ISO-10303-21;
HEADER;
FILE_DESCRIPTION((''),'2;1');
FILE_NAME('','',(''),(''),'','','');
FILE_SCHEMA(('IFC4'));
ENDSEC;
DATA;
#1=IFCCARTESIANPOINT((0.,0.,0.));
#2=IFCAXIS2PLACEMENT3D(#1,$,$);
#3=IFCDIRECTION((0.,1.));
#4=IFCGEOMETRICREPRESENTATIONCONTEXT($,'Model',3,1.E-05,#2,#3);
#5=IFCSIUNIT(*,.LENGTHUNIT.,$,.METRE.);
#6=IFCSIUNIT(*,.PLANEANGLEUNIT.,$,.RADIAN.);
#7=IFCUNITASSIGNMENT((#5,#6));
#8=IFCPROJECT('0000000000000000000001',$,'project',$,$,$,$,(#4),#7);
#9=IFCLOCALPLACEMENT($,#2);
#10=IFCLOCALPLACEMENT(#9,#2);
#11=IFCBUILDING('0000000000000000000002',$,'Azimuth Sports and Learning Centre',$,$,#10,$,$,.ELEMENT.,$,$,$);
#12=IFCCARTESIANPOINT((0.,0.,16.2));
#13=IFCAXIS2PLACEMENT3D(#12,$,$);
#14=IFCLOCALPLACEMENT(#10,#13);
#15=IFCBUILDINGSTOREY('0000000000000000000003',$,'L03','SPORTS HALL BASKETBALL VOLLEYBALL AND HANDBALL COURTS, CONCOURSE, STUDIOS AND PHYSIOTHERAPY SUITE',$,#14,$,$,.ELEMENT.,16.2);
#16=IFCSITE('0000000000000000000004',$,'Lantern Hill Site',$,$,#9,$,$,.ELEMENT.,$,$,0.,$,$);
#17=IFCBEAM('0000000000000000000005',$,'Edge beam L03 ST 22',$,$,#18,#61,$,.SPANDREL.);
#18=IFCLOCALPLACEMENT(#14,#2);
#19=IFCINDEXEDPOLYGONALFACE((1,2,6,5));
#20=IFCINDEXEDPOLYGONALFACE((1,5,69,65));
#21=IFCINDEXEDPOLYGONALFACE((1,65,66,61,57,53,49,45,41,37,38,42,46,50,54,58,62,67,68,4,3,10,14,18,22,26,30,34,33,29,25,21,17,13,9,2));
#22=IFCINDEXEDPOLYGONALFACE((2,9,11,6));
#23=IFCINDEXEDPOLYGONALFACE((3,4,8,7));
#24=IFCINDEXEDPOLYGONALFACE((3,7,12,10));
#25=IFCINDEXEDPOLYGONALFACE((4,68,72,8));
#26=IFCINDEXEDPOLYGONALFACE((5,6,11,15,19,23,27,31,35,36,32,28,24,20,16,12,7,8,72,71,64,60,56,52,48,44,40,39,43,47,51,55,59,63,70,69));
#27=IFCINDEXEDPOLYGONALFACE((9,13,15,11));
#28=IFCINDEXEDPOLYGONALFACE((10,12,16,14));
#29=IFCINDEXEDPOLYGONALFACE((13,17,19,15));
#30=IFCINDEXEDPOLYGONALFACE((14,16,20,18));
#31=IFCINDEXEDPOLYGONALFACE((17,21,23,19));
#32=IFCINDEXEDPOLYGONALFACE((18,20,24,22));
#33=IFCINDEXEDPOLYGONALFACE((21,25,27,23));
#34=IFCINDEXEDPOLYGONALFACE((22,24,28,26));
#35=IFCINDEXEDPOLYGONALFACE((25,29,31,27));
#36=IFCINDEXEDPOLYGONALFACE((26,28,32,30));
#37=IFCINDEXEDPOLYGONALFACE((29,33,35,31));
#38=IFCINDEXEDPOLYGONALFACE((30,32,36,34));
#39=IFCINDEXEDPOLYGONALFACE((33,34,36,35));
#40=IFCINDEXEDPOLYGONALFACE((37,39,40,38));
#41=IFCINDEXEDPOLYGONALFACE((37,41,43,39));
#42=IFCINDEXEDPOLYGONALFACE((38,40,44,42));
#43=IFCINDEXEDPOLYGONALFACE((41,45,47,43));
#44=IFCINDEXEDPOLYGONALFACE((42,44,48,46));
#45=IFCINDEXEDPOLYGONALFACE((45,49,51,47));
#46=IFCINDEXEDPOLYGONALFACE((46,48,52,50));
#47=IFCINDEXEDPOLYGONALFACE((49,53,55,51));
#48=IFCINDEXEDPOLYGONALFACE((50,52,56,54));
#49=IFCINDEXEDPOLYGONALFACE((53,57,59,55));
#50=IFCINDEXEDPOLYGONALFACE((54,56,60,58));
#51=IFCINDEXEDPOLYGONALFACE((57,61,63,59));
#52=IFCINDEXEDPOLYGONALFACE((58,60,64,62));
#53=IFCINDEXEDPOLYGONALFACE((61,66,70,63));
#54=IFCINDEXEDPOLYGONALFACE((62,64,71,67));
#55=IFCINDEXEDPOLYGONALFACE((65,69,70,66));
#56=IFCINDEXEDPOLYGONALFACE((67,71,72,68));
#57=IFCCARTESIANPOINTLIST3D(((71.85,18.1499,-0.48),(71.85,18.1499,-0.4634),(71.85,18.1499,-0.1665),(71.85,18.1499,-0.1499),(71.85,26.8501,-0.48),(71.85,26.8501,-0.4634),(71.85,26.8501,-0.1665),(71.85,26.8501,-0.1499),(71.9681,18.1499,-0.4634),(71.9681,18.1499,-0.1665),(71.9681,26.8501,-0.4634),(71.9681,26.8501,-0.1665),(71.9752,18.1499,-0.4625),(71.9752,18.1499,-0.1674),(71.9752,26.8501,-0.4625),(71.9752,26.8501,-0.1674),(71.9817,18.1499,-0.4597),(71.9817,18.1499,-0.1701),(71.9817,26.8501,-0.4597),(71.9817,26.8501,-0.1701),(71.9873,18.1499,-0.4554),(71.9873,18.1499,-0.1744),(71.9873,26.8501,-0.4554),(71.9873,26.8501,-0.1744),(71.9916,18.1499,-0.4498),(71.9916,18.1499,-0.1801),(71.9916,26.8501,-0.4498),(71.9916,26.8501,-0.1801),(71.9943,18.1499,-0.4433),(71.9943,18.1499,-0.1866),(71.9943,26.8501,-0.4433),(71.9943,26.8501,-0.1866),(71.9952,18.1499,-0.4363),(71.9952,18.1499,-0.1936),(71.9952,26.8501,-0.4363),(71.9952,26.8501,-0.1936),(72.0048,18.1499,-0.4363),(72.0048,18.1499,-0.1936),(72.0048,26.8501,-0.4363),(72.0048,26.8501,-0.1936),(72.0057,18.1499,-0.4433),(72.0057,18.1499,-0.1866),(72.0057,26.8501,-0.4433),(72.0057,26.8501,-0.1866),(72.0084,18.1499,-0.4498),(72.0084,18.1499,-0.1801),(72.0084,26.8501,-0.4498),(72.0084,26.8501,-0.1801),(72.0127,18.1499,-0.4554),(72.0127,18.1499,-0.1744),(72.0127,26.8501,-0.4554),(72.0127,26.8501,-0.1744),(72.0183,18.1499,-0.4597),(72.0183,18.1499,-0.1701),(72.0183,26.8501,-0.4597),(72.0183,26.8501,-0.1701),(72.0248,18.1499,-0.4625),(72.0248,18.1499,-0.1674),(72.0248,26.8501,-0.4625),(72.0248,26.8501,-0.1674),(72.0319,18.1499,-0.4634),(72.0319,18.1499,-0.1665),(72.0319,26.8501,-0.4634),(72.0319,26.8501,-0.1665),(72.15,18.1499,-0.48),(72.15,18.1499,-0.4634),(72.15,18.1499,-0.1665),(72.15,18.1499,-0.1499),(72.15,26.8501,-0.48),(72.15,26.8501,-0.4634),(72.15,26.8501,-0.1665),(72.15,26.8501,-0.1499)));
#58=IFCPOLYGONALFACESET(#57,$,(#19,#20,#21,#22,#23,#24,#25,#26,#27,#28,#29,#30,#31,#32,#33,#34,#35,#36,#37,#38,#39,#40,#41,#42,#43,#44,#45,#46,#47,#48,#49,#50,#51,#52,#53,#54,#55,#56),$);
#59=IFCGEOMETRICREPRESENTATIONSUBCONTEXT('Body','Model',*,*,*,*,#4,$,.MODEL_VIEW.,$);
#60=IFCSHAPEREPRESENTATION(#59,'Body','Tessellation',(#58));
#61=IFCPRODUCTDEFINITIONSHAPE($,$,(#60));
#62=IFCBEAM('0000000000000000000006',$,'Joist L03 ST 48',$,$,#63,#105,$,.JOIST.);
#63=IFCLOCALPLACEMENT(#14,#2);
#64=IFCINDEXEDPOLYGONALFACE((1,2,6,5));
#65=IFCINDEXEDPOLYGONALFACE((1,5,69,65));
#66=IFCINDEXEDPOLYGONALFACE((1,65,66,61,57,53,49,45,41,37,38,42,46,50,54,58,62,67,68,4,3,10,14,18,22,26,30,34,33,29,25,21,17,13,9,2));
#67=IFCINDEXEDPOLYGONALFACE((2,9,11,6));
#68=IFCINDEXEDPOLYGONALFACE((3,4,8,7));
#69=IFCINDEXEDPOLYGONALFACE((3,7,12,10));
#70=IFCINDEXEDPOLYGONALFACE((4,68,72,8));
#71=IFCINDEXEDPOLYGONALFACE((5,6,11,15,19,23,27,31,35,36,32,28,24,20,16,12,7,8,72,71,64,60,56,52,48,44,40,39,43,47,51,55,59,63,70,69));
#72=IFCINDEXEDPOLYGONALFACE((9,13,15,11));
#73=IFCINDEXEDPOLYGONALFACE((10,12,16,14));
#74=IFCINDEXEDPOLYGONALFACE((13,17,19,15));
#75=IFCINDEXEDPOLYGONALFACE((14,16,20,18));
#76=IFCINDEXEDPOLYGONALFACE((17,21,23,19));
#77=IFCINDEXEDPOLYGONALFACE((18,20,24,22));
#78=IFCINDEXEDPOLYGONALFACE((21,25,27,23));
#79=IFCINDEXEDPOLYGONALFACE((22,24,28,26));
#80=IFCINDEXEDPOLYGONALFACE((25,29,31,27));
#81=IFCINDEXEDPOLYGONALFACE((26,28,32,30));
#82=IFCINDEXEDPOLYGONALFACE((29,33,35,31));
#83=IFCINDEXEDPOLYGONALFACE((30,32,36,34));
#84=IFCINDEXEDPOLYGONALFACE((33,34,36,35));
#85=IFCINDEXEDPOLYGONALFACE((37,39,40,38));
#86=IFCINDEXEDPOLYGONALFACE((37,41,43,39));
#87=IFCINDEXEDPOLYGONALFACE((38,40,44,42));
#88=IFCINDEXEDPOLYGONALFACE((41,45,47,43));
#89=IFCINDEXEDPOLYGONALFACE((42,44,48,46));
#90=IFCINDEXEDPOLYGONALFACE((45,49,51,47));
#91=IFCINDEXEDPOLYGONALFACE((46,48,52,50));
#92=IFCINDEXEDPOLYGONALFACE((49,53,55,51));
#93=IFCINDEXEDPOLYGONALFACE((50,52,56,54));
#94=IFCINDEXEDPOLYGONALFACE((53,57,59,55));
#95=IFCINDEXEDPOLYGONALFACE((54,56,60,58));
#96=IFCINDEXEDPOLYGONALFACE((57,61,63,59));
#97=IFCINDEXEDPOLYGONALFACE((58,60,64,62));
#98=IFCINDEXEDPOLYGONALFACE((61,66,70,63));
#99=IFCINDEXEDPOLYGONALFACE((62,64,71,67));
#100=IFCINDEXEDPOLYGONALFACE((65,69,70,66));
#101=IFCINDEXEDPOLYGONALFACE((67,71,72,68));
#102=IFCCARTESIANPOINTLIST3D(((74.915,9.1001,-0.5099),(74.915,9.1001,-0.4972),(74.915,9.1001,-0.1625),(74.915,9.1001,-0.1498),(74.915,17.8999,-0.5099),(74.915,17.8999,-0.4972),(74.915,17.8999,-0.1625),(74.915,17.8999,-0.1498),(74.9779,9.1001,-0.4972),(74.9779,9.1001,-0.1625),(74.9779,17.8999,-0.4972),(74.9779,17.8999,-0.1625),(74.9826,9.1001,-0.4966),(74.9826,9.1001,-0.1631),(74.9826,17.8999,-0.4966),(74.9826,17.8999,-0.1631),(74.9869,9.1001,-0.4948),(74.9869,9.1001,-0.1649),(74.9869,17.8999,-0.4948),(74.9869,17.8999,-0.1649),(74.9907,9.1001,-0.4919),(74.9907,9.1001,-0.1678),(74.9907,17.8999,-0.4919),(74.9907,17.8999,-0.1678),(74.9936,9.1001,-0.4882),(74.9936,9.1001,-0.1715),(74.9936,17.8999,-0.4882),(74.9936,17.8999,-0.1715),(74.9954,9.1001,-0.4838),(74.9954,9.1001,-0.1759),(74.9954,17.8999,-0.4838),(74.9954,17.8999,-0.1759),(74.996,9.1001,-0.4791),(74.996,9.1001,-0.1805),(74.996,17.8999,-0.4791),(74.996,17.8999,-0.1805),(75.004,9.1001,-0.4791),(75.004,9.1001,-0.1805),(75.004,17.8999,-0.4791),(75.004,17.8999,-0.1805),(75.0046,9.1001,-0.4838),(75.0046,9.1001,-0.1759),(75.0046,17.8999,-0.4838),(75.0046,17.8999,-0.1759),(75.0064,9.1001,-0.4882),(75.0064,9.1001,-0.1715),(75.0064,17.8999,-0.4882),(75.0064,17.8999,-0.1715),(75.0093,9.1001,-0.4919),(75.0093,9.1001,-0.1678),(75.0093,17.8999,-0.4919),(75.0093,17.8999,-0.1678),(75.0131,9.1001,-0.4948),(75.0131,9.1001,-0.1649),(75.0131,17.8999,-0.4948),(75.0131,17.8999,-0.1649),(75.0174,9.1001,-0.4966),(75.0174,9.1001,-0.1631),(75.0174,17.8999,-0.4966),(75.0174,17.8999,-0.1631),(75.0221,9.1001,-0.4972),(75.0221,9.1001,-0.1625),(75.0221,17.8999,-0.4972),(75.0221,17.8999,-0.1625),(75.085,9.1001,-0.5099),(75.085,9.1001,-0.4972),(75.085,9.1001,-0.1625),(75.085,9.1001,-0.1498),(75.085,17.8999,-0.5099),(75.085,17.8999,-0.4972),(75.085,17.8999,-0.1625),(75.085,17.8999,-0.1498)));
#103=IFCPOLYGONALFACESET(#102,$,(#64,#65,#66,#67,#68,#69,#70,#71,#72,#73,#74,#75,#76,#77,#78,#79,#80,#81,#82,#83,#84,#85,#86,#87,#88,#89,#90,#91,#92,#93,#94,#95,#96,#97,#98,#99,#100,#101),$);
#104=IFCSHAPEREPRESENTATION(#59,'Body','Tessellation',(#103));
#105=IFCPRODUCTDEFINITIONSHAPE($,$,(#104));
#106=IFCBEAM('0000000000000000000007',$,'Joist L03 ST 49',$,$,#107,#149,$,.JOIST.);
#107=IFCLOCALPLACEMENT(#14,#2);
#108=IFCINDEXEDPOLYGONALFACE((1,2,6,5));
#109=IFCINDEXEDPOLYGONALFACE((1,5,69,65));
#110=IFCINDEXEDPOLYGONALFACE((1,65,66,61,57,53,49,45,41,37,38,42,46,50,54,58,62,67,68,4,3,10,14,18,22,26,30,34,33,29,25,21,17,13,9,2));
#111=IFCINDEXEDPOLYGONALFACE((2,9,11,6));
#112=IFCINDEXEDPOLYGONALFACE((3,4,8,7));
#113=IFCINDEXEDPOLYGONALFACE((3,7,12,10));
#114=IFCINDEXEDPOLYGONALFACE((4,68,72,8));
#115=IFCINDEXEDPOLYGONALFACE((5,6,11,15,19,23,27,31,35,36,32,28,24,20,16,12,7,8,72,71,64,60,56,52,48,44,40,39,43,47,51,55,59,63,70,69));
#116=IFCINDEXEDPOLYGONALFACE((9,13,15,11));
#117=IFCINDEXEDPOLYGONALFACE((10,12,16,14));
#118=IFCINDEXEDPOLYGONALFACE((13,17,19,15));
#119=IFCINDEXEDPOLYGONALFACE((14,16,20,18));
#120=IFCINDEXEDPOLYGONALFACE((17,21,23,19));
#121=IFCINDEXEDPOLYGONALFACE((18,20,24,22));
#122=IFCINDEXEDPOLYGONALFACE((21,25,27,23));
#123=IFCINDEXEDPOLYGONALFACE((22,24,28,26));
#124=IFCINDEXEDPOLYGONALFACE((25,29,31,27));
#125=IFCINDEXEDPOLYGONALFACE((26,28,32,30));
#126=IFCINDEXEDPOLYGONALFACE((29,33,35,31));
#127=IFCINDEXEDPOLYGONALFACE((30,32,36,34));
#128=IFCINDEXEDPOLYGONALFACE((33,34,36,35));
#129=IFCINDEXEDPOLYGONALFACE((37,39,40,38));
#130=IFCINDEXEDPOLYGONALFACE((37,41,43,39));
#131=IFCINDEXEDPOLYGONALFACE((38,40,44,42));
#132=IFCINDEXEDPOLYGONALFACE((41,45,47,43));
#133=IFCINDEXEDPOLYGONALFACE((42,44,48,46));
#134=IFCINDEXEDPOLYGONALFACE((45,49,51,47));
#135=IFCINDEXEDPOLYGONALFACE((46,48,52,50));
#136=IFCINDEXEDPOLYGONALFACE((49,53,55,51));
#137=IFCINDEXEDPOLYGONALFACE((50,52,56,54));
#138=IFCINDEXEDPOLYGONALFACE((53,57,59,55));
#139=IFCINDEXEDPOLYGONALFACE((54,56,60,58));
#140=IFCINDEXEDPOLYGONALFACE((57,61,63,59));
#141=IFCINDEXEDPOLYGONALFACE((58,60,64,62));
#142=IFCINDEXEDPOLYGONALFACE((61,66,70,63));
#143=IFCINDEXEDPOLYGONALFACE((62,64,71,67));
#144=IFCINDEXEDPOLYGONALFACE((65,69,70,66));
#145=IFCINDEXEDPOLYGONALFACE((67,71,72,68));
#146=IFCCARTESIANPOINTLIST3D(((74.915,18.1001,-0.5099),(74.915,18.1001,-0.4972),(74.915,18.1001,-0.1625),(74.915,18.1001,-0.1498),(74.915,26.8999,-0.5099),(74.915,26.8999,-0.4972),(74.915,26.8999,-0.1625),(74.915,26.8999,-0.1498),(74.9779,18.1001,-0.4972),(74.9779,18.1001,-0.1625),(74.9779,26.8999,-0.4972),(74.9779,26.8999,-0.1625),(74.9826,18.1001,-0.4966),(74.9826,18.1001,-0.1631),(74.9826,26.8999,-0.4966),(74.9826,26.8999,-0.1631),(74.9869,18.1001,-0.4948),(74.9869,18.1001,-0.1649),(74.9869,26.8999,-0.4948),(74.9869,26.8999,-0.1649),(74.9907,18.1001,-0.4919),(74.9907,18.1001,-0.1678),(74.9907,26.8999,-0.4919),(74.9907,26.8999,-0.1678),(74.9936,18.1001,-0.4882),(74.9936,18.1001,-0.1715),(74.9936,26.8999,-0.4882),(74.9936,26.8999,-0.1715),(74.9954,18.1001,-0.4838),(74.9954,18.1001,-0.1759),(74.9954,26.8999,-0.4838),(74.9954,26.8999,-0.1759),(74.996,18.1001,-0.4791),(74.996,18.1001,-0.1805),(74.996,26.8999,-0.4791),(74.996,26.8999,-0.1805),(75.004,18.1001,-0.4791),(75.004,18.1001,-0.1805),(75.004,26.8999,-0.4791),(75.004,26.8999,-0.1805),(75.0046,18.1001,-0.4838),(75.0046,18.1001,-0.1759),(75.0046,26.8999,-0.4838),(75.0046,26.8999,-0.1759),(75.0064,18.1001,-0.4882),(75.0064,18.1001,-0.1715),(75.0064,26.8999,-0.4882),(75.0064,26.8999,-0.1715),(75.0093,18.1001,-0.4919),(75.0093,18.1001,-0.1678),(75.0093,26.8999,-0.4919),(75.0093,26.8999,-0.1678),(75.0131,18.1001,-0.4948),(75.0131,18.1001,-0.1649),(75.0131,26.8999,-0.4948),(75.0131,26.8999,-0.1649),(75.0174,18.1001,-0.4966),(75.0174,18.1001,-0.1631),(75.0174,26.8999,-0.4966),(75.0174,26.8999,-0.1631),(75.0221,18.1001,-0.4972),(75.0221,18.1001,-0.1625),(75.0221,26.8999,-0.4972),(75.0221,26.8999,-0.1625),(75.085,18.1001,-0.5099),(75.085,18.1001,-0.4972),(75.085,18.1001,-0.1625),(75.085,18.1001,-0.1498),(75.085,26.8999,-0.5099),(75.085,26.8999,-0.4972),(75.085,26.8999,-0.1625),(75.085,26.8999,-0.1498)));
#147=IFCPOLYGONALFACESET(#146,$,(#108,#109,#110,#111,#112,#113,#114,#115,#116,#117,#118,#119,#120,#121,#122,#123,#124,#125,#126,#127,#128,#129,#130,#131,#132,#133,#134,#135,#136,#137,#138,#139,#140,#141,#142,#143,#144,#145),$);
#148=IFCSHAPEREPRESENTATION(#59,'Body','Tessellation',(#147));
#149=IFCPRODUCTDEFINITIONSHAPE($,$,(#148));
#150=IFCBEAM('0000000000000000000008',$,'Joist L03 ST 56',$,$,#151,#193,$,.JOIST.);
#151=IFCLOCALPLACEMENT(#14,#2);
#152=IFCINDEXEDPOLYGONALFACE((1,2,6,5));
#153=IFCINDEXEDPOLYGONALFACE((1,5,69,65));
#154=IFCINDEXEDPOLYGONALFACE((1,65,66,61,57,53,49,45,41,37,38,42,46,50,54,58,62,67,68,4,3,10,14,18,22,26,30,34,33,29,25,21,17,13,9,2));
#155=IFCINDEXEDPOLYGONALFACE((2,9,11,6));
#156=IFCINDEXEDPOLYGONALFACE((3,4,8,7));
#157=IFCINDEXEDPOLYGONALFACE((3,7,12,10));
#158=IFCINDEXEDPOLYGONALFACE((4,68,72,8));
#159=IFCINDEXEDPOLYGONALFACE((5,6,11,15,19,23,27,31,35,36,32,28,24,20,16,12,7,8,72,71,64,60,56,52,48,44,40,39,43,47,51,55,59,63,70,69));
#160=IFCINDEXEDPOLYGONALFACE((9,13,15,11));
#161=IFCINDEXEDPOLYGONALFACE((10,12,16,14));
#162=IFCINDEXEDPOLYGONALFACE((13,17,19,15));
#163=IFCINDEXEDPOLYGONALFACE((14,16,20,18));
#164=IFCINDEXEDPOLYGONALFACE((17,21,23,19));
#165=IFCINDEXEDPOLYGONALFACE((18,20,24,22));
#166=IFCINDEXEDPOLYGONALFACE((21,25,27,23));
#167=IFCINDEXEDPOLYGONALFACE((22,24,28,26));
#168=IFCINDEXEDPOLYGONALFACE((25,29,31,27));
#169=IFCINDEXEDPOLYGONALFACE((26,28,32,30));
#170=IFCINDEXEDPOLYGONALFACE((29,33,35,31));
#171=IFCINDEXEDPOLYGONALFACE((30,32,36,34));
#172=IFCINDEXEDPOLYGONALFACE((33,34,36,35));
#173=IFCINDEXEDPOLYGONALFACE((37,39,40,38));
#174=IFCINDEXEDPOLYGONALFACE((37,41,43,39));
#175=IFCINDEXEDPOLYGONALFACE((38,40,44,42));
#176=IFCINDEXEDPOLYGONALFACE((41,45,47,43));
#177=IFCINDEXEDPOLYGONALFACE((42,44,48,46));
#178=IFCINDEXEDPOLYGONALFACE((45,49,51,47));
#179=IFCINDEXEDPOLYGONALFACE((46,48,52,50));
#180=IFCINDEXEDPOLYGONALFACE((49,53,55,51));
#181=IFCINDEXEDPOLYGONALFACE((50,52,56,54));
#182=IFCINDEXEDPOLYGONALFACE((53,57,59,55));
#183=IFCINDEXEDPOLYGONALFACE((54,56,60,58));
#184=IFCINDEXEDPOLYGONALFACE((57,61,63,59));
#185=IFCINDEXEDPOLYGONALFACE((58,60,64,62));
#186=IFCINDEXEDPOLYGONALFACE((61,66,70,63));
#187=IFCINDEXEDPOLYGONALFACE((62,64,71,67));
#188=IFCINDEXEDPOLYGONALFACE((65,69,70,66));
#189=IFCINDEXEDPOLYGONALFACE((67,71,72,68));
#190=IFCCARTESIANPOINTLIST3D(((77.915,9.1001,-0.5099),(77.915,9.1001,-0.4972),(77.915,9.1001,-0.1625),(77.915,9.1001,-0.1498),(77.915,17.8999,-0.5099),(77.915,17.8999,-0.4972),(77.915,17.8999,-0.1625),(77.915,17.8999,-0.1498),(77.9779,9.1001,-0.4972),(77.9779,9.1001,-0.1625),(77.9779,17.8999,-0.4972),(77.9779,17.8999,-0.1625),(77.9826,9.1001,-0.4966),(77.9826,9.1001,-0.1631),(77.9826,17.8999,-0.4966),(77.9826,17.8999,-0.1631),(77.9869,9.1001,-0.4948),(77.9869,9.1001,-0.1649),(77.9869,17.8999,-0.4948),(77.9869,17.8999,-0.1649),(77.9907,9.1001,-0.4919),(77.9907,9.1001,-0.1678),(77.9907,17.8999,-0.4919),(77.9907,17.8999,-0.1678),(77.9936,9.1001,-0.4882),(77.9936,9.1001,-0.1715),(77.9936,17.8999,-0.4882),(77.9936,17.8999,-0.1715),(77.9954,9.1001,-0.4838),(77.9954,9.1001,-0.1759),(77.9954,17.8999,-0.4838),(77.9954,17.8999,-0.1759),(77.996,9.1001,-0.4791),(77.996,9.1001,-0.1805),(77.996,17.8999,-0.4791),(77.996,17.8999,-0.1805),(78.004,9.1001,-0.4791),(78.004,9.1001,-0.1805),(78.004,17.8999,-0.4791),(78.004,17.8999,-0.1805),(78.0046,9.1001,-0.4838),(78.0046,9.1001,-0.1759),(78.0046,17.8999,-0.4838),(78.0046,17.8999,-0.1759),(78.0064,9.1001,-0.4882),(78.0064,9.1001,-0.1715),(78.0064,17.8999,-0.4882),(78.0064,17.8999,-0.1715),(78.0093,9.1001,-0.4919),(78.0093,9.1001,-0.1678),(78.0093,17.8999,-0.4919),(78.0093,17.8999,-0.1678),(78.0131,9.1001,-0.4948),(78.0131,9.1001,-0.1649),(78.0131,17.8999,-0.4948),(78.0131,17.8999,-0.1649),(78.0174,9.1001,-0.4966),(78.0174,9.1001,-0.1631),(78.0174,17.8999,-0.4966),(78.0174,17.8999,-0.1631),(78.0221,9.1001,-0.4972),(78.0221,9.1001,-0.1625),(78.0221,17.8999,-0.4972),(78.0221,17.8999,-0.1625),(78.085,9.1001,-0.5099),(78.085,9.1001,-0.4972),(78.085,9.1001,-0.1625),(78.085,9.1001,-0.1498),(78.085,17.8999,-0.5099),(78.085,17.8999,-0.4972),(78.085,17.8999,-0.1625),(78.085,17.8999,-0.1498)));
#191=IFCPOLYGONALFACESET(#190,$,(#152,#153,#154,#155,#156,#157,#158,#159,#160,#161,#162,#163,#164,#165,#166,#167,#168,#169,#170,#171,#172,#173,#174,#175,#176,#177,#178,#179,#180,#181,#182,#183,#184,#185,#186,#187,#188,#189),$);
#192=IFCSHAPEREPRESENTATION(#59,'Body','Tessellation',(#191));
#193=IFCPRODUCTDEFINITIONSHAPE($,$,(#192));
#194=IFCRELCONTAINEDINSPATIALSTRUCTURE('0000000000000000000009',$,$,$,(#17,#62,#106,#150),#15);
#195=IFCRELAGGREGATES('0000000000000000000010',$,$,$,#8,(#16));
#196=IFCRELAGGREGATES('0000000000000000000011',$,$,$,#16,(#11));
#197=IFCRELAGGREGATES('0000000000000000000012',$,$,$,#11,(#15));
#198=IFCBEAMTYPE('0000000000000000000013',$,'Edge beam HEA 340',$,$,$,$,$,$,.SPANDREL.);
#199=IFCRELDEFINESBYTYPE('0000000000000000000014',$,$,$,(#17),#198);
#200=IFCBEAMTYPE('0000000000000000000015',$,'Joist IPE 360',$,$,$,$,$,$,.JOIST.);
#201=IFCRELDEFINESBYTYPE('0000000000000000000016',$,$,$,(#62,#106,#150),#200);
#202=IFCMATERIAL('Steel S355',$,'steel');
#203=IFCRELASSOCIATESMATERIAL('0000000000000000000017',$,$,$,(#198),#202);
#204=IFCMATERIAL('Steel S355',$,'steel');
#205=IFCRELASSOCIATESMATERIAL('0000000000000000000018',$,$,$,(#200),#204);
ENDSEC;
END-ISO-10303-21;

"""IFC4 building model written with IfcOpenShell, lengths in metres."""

from ifc_helpers import new_model, si_unit, direction, frame, origin, origin_2d, place, context, subcontext, project, spatial, i_section, extrude, material, material_profile, profile_set, type_object, element, save


model = new_model("IFC4")

# Units and contexts
model_context = context("Model", 3, precision=1e-05, world=origin(), true_north=direction((0.0, 1.0)))
body_context = subcontext(model_context, "Body", "Model", "MODEL_VIEW")
ifc_project = project(units=[si_unit("LENGTHUNIT", "METRE"), si_unit("PLANEANGLEUNIT", "RADIAN")], contexts=[model_context])

# Site, building, storey
site_placement = place(None, origin())
site = spatial("IfcSite", under=ifc_project, at=site_placement, Name="Lantern Hill Site", CompositionType="ELEMENT", RefElevation=0.0)
building_placement = place(site_placement, origin())
building = spatial("IfcBuilding", under=site, at=building_placement, Name="Azimuth Sports and Learning Centre", CompositionType="ELEMENT")
storey_placement = place(building_placement, frame((0.0, 0.0, 16.2)))
storey = spatial("IfcBuildingStorey", under=building, at=storey_placement, Name="L03", Description="SPORTS HALL BASKETBALL VOLLEYBALL AND HANDBALL COURTS, CONCOURSE, STUDIOS AND PHYSIOTHERAPY SUITE", CompositionType="ELEMENT", Elevation=16.2)

# Beams
ifc_material_1 = material(Name="Steel S355", Category="steel")
ifc_material_profile_1 = material_profile(ifc_material_1, i_section(OverallWidth=0.3, OverallDepth=0.3301, WebThickness=0.0095, FlangeThickness=0.0166, FilletRadius=0.0271, at=origin_2d()), Name="HEA 340")
ifc_profile_set_1 = profile_set([ifc_material_profile_1], Name="Steel S355")
beam_type_1 = type_object("IfcBeamType", Name="Edge beam HEA 340", PredefinedType="SPANDREL", material=ifc_profile_set_1)
for number, where, z_axis, x_axis, name in (
    (1, (72.0, 18.1499, -0.3149), (0.0, 1.0, 0.0), (-1.0, 0.0, 0.0), "Edge beam L03 ST 22"),
):
    element("IfcBeam", number, at=place(storey_placement, frame(where, z_axis=z_axis, x_axis=x_axis)), inside=storey, type_object=beam_type_1, Name=name, PredefinedType="SPANDREL", context=body_context, shape_type="SweptSolid", body=[
        extrude(i_section(OverallWidth=0.3, OverallDepth=0.3301, WebThickness=0.0095, FlangeThickness=0.0166, FilletRadius=0.0271, at=origin_2d()), origin(), (0.0, 0.0, 1.0), 8.7002),
    ])
ifc_material_2 = material(Name="Steel S355", Category="steel")
ifc_material_profile_2 = material_profile(ifc_material_2, i_section(OverallWidth=0.1699, OverallDepth=0.3601, WebThickness=0.0081, FlangeThickness=0.0127, FilletRadius=0.0181, at=origin_2d()), Name="IPE 360")
ifc_profile_set_2 = profile_set([ifc_material_profile_2], Name="Steel S355")
beam_type_2 = type_object("IfcBeamType", Name="Joist IPE 360", PredefinedType="JOIST", material=ifc_profile_set_2)
for number, where, z_axis, x_axis, name in (
    (2, (75.0, 9.1001, -0.3298), (0.0, 1.0, 0.0), (-1.0, 0.0, 0.0), "Joist L03 ST 48"),
    (3, (75.0, 18.1001, -0.3298), (0.0, 1.0, 0.0), (-1.0, 0.0, 0.0), "Joist L03 ST 49"),
    (4, (78.0, 9.1001, -0.3298), (0.0, 1.0, 0.0), (-1.0, 0.0, 0.0), "Joist L03 ST 56"),
):
    element("IfcBeam", number, at=place(storey_placement, frame(where, z_axis=z_axis, x_axis=x_axis)), inside=storey, type_object=beam_type_2, Name=name, PredefinedType="JOIST", context=body_context, shape_type="SweptSolid", body=[
        extrude(i_section(OverallWidth=0.1699, OverallDepth=0.3601, WebThickness=0.0081, FlangeThickness=0.0127, FilletRadius=0.0181, at=origin_2d()), origin(), (0.0, 0.0, 1.0), 8.7998),
    ])

save(model, "model.ifc")
